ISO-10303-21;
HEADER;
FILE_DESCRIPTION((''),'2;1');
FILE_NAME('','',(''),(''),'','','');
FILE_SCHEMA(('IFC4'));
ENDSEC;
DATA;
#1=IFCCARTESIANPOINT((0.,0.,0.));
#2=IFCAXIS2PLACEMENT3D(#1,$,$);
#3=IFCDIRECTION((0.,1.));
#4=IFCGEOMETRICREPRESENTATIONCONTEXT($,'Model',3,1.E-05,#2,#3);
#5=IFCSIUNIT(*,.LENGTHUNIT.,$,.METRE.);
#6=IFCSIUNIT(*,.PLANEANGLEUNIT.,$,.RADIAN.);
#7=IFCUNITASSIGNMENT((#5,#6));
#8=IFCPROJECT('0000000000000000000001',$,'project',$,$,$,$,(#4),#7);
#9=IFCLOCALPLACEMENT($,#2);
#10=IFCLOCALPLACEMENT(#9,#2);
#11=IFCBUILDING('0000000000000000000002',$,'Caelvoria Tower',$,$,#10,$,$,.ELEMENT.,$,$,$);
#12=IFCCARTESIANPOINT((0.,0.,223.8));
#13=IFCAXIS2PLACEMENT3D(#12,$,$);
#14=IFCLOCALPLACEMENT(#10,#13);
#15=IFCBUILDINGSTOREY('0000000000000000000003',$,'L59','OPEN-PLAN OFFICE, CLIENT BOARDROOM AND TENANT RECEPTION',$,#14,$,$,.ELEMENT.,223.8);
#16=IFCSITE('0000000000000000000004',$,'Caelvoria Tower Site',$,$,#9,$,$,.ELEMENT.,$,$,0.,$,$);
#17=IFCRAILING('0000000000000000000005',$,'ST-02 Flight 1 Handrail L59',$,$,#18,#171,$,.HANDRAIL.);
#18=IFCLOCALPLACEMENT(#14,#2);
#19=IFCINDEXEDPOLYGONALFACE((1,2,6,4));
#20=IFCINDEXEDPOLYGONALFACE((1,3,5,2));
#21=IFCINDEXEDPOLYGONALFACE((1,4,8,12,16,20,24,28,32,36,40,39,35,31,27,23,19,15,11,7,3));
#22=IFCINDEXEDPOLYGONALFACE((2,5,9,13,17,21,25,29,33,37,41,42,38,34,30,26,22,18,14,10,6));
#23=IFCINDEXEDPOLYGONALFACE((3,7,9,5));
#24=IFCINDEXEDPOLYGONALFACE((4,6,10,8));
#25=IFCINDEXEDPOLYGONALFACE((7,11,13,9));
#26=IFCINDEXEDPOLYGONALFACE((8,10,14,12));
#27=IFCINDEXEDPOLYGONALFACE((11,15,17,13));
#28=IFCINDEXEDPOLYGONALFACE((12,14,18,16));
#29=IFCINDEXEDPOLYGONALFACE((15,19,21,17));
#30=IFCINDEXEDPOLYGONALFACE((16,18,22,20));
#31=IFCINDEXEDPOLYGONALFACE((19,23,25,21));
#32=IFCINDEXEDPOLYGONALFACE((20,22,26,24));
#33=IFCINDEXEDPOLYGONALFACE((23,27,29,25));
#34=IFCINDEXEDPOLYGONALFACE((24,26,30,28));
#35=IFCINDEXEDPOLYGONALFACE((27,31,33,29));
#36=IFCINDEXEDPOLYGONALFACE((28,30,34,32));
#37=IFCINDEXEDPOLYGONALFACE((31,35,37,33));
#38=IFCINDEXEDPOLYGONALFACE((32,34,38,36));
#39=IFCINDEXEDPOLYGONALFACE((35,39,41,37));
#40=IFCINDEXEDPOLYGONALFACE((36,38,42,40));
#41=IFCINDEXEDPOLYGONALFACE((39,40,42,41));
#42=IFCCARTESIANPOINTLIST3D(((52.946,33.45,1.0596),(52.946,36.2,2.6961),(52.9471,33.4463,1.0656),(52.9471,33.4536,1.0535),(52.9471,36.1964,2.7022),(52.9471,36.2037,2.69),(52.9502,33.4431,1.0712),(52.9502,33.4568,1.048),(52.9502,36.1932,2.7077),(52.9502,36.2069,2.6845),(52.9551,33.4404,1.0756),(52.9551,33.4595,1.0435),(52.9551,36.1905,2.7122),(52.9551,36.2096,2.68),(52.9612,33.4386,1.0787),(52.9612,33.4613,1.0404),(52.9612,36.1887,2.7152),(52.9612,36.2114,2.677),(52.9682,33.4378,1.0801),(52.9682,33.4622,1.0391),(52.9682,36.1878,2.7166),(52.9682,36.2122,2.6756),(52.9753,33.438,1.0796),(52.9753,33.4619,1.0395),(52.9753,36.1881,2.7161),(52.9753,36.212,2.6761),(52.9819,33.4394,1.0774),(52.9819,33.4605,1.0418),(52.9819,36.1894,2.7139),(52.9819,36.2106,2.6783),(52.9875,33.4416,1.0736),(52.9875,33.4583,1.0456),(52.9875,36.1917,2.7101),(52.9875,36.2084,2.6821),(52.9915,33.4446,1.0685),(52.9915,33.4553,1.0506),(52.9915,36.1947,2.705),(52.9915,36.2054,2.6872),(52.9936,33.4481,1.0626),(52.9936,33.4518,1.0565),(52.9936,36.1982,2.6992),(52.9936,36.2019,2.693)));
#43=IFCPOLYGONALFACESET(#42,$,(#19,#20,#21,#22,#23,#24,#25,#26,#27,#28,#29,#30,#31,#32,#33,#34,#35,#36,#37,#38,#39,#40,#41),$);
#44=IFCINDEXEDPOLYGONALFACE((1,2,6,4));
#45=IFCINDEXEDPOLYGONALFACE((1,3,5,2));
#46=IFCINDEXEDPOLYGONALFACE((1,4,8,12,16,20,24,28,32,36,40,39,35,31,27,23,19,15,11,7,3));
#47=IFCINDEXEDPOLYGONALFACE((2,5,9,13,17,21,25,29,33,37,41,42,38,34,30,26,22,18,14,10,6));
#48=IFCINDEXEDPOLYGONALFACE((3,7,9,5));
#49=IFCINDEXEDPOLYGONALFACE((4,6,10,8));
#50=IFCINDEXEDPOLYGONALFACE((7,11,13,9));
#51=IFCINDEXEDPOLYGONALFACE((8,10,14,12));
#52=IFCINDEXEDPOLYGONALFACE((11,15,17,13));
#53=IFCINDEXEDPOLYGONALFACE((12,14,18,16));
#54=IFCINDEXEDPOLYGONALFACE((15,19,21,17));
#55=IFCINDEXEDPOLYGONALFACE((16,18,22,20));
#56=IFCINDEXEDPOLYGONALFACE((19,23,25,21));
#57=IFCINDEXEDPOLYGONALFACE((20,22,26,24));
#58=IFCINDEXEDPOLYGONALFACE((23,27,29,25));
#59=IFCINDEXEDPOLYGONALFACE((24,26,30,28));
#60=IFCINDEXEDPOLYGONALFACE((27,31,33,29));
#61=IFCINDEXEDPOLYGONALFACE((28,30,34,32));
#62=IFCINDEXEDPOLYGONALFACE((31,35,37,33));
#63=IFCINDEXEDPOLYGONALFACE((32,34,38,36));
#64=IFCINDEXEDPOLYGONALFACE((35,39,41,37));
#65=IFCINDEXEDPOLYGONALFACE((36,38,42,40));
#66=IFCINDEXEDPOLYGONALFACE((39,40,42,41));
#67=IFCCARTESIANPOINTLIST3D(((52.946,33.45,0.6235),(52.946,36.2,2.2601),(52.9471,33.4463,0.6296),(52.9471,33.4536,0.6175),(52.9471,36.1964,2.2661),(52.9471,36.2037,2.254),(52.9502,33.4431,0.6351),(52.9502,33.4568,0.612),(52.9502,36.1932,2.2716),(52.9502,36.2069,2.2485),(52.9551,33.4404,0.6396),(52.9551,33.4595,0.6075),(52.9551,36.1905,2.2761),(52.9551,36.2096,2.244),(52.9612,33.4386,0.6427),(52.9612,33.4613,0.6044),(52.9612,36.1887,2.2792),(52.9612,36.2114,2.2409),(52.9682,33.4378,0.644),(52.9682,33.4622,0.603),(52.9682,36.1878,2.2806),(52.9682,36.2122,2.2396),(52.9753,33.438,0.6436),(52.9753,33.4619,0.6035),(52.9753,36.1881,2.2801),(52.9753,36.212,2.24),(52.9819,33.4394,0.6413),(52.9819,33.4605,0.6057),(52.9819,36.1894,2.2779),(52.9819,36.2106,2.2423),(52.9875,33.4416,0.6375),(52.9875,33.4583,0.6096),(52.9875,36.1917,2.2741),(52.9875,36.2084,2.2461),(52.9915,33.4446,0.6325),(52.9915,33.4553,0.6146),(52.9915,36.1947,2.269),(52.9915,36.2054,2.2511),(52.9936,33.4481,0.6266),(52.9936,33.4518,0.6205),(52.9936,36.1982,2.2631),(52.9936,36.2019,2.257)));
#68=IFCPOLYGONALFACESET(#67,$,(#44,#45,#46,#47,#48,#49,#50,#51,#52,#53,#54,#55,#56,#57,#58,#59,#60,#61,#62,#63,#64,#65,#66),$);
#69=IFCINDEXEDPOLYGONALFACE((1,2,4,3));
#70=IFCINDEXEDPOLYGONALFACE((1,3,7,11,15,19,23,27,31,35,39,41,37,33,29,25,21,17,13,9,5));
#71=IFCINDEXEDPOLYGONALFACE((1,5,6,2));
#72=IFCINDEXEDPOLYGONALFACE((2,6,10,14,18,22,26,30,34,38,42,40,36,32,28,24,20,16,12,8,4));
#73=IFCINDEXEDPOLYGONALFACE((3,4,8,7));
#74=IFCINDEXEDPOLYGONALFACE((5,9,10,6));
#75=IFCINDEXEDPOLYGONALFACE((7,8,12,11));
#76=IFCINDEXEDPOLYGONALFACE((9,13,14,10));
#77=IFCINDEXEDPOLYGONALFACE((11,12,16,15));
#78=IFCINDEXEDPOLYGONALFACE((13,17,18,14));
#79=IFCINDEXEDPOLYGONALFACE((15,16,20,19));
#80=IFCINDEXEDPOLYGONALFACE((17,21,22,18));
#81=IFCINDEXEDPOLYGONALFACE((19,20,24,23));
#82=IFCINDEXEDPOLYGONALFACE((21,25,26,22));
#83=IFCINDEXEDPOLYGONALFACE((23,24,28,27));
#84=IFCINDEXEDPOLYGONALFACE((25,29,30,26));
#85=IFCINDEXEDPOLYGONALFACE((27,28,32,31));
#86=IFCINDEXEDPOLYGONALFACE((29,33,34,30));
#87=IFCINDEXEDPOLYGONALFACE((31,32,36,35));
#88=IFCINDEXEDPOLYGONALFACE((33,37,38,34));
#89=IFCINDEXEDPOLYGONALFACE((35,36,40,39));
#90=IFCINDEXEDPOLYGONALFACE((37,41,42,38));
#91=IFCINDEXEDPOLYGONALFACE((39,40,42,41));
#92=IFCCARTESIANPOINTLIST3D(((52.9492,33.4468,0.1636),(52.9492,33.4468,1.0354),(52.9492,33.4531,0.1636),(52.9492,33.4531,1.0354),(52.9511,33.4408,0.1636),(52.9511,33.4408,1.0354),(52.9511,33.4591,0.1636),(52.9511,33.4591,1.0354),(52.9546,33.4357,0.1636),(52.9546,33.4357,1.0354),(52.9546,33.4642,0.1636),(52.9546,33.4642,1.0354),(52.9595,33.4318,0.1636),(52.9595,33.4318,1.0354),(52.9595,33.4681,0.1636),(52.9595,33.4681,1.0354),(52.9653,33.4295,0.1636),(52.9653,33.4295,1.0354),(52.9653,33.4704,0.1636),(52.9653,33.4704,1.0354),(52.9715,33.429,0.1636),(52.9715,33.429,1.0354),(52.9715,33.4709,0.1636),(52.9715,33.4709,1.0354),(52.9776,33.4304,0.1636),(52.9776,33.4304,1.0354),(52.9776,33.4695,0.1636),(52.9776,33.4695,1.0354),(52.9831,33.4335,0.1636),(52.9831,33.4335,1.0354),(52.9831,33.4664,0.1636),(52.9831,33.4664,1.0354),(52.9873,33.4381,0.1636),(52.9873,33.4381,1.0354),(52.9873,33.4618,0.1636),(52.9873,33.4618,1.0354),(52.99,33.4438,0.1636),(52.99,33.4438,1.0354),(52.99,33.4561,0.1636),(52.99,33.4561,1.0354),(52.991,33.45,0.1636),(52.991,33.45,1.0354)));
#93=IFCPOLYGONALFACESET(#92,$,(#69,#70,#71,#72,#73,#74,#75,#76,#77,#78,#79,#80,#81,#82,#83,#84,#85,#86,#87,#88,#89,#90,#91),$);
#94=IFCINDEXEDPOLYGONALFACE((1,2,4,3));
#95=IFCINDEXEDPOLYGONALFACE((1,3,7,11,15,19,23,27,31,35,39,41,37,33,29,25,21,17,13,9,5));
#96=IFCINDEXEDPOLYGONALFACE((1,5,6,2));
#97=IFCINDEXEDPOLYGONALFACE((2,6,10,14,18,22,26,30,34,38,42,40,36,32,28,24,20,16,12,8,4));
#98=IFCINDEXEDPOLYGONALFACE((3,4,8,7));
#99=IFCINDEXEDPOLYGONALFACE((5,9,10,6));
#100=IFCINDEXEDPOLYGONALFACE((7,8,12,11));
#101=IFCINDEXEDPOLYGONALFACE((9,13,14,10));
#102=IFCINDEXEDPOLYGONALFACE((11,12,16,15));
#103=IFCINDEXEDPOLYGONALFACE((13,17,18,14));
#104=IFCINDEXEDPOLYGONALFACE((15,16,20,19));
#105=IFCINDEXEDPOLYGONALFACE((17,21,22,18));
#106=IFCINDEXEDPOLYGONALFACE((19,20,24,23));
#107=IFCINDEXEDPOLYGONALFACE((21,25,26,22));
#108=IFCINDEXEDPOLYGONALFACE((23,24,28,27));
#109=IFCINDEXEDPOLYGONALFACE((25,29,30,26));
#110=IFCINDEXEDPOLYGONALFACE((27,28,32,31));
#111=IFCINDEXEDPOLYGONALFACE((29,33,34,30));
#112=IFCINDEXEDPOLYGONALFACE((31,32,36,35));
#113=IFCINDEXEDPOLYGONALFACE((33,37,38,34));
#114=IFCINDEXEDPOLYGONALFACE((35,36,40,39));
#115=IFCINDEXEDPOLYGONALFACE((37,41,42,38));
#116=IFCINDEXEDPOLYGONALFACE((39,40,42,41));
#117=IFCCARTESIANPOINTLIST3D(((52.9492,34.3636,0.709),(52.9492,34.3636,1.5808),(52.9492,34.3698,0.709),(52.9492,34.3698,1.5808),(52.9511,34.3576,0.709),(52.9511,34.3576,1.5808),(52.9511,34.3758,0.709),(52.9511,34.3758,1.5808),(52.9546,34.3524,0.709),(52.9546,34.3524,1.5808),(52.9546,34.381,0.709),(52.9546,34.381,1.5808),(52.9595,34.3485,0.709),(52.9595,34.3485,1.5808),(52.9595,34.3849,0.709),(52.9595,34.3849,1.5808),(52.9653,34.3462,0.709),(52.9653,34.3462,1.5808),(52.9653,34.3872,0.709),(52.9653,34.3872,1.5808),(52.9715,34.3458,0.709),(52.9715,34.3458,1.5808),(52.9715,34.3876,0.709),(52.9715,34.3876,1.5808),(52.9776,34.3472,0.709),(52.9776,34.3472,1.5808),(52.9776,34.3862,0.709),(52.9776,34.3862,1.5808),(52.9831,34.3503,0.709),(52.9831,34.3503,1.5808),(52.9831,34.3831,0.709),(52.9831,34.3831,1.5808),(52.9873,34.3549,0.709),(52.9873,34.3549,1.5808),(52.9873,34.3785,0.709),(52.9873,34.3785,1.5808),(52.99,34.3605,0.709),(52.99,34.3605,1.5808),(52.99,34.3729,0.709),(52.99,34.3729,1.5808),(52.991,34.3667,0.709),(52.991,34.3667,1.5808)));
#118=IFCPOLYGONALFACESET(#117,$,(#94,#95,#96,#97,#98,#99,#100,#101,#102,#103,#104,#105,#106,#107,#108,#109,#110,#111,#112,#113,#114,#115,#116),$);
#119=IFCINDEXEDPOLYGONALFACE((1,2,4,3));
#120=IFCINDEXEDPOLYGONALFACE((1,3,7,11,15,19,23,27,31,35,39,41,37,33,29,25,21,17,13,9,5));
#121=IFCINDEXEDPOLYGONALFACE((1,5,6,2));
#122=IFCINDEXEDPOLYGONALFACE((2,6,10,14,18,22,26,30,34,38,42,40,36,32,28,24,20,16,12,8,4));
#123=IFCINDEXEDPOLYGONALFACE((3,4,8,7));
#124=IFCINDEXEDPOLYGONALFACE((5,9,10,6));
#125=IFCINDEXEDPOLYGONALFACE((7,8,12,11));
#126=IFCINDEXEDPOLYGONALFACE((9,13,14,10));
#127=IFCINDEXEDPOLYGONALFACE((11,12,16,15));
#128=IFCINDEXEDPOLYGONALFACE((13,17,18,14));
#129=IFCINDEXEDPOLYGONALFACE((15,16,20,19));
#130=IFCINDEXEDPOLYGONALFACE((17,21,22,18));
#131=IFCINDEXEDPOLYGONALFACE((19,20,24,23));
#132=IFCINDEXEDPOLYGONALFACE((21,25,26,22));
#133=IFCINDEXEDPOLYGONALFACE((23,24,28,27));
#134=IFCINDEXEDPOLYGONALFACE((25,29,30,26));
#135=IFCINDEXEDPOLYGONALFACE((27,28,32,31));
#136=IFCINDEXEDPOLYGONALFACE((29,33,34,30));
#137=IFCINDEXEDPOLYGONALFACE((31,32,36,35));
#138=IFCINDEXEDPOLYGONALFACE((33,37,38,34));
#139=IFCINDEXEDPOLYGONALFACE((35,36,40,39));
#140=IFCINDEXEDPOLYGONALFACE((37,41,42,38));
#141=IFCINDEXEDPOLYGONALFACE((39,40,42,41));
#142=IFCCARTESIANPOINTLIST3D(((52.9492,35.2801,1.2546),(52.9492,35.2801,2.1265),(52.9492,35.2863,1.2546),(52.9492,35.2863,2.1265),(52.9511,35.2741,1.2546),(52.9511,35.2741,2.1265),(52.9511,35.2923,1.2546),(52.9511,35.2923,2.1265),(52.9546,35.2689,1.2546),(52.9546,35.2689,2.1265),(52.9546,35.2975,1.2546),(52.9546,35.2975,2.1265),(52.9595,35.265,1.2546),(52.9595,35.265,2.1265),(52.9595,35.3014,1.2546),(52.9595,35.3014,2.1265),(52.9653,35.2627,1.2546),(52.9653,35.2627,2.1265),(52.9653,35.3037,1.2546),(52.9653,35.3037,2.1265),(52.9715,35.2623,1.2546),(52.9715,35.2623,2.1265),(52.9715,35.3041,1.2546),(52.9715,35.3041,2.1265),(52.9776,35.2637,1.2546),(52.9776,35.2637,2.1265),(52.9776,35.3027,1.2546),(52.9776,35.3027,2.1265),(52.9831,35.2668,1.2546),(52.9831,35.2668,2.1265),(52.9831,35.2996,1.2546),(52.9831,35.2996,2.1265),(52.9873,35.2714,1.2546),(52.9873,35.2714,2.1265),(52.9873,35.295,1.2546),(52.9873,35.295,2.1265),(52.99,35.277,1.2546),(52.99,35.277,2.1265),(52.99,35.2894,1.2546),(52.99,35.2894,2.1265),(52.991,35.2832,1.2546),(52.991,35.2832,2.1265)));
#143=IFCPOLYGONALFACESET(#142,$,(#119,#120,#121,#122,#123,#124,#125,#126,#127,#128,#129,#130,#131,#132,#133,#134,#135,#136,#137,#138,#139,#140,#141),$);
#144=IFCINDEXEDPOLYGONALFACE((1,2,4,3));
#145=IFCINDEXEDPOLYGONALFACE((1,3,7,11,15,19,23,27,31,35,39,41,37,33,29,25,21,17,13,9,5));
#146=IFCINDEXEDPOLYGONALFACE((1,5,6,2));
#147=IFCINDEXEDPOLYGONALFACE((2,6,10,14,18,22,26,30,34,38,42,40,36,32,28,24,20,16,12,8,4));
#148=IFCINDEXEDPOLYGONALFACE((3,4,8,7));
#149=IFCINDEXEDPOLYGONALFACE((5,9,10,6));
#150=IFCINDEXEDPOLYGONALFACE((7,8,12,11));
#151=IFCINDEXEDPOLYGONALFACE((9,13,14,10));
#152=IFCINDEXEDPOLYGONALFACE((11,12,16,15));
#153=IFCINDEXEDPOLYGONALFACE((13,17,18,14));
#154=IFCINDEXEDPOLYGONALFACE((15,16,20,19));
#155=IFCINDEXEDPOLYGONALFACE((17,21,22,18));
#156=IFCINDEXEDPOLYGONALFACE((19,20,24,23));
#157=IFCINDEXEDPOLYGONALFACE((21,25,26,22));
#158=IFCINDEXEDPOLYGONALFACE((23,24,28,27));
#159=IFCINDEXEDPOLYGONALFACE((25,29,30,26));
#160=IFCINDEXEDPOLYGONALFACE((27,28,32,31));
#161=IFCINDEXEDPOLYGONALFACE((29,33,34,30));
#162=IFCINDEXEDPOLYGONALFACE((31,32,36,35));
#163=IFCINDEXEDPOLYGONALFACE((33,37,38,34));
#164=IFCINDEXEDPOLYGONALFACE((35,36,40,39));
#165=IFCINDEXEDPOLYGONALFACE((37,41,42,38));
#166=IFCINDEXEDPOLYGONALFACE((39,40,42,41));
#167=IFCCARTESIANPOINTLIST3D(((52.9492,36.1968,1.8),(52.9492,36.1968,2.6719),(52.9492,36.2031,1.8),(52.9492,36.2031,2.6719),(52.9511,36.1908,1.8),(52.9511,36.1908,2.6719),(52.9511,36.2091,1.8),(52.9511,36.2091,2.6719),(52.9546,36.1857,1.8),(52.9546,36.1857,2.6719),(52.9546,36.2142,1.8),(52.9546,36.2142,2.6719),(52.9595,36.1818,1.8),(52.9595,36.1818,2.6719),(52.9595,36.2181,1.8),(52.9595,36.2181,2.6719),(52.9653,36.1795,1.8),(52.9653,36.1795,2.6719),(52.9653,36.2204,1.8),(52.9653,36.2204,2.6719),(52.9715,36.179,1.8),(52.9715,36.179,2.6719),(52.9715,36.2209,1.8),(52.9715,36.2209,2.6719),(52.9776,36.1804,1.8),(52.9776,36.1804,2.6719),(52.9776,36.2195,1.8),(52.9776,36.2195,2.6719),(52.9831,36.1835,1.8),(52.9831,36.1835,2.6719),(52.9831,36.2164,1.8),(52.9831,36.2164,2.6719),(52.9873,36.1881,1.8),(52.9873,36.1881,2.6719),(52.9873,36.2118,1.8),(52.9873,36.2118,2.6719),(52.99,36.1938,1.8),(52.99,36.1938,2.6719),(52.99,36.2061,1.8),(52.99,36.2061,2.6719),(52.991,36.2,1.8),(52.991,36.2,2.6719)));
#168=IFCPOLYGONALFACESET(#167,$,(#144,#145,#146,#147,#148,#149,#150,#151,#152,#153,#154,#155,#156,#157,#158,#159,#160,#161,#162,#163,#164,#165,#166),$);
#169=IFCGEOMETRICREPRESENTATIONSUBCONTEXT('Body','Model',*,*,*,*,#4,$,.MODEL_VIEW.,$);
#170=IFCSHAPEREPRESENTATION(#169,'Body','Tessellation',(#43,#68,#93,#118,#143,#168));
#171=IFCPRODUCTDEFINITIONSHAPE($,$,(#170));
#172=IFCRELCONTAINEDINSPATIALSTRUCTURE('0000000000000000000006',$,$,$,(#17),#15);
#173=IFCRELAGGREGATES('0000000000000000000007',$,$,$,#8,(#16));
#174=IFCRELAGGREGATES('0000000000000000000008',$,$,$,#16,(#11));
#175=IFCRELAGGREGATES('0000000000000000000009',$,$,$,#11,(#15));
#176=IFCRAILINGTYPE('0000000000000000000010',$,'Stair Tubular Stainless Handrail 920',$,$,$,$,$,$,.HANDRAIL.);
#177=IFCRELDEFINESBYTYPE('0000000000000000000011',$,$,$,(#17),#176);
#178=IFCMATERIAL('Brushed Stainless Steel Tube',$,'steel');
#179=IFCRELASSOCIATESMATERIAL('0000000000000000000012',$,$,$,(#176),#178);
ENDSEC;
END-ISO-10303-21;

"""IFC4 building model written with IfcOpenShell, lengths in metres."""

from ifc_helpers import new_model, si_unit, direction, frame, origin, origin_2d, place, context, subcontext, project, spatial, circle, extrude, material, type_object, element, save


model = new_model("IFC4")

# Units and contexts
model_context = context("Model", 3, precision=1e-05, world=origin(), true_north=direction((0.0, 1.0)))
body_context = subcontext(model_context, "Body", "Model", "MODEL_VIEW")
ifc_project = project(units=[si_unit("LENGTHUNIT", "METRE"), si_unit("PLANEANGLEUNIT", "RADIAN")], contexts=[model_context])

# Site, building, storey
site_placement = place(None, origin())
site = spatial("IfcSite", under=ifc_project, at=site_placement, Name="Caelvoria Tower Site", CompositionType="ELEMENT", RefElevation=0.0)
building_placement = place(site_placement, origin())
building = spatial("IfcBuilding", under=site, at=building_placement, Name="Caelvoria Tower", CompositionType="ELEMENT")
storey_placement = place(building_placement, frame((0.0, 0.0, 223.8)))
storey = spatial("IfcBuildingStorey", under=building, at=storey_placement, Name="L59", Description="OPEN-PLAN OFFICE, CLIENT BOARDROOM AND TENANT RECEPTION", CompositionType="ELEMENT", Elevation=223.8)

# Railing
ifc_material_1 = material(Name="Brushed Stainless Steel Tube", Category="steel")
railing_type_1 = type_object("IfcRailingType", Name="Stair Tubular Stainless Handrail 920", PredefinedType="HANDRAIL", material=ifc_material_1)
railing_1_placement = place(storey_placement, frame((52.97, 33.45, 0.1636)))
element("IfcRailing", 1, at=railing_1_placement, inside=storey, type_object=railing_type_1, Name="ST-02 Flight 1 Handrail L59", PredefinedType="HANDRAIL", context=body_context, shape_type="SweptSolid", body=[
    extrude(circle(Radius=0.0239, at=origin_2d()), frame((0.0, 0.0, 0.896), z_axis=(0.0, 0.859352, 0.511385), x_axis=(-1.0, 0.0, 0.0)), (0.0, 0.0, 1.0), 3.2002),
    extrude(circle(Radius=0.0239, at=origin_2d()), frame((0.0, 0.0, 0.46), z_axis=(0.0, 0.859352, 0.511385), x_axis=(-1.0, 0.0, 0.0)), (0.0, 0.0, 1.0), 3.2002),
    extrude(circle(Radius=0.021, at=origin_2d()), origin(), (0.0, 0.0, 1.0), 0.8718),
    extrude(circle(Radius=0.021, at=origin_2d()), frame((0.0, 0.9167, 0.5454)), (0.0, 0.0, 1.0), 0.8718),
    extrude(circle(Radius=0.021, at=origin_2d()), frame((0.0, 1.8333, 1.0911)), (0.0, 0.0, 1.0), 0.8718),
    extrude(circle(Radius=0.021, at=origin_2d()), frame((0.0, 2.75, 1.6365)), (0.0, 0.0, 1.0), 0.8718),
])

save(model, "model.ifc")
